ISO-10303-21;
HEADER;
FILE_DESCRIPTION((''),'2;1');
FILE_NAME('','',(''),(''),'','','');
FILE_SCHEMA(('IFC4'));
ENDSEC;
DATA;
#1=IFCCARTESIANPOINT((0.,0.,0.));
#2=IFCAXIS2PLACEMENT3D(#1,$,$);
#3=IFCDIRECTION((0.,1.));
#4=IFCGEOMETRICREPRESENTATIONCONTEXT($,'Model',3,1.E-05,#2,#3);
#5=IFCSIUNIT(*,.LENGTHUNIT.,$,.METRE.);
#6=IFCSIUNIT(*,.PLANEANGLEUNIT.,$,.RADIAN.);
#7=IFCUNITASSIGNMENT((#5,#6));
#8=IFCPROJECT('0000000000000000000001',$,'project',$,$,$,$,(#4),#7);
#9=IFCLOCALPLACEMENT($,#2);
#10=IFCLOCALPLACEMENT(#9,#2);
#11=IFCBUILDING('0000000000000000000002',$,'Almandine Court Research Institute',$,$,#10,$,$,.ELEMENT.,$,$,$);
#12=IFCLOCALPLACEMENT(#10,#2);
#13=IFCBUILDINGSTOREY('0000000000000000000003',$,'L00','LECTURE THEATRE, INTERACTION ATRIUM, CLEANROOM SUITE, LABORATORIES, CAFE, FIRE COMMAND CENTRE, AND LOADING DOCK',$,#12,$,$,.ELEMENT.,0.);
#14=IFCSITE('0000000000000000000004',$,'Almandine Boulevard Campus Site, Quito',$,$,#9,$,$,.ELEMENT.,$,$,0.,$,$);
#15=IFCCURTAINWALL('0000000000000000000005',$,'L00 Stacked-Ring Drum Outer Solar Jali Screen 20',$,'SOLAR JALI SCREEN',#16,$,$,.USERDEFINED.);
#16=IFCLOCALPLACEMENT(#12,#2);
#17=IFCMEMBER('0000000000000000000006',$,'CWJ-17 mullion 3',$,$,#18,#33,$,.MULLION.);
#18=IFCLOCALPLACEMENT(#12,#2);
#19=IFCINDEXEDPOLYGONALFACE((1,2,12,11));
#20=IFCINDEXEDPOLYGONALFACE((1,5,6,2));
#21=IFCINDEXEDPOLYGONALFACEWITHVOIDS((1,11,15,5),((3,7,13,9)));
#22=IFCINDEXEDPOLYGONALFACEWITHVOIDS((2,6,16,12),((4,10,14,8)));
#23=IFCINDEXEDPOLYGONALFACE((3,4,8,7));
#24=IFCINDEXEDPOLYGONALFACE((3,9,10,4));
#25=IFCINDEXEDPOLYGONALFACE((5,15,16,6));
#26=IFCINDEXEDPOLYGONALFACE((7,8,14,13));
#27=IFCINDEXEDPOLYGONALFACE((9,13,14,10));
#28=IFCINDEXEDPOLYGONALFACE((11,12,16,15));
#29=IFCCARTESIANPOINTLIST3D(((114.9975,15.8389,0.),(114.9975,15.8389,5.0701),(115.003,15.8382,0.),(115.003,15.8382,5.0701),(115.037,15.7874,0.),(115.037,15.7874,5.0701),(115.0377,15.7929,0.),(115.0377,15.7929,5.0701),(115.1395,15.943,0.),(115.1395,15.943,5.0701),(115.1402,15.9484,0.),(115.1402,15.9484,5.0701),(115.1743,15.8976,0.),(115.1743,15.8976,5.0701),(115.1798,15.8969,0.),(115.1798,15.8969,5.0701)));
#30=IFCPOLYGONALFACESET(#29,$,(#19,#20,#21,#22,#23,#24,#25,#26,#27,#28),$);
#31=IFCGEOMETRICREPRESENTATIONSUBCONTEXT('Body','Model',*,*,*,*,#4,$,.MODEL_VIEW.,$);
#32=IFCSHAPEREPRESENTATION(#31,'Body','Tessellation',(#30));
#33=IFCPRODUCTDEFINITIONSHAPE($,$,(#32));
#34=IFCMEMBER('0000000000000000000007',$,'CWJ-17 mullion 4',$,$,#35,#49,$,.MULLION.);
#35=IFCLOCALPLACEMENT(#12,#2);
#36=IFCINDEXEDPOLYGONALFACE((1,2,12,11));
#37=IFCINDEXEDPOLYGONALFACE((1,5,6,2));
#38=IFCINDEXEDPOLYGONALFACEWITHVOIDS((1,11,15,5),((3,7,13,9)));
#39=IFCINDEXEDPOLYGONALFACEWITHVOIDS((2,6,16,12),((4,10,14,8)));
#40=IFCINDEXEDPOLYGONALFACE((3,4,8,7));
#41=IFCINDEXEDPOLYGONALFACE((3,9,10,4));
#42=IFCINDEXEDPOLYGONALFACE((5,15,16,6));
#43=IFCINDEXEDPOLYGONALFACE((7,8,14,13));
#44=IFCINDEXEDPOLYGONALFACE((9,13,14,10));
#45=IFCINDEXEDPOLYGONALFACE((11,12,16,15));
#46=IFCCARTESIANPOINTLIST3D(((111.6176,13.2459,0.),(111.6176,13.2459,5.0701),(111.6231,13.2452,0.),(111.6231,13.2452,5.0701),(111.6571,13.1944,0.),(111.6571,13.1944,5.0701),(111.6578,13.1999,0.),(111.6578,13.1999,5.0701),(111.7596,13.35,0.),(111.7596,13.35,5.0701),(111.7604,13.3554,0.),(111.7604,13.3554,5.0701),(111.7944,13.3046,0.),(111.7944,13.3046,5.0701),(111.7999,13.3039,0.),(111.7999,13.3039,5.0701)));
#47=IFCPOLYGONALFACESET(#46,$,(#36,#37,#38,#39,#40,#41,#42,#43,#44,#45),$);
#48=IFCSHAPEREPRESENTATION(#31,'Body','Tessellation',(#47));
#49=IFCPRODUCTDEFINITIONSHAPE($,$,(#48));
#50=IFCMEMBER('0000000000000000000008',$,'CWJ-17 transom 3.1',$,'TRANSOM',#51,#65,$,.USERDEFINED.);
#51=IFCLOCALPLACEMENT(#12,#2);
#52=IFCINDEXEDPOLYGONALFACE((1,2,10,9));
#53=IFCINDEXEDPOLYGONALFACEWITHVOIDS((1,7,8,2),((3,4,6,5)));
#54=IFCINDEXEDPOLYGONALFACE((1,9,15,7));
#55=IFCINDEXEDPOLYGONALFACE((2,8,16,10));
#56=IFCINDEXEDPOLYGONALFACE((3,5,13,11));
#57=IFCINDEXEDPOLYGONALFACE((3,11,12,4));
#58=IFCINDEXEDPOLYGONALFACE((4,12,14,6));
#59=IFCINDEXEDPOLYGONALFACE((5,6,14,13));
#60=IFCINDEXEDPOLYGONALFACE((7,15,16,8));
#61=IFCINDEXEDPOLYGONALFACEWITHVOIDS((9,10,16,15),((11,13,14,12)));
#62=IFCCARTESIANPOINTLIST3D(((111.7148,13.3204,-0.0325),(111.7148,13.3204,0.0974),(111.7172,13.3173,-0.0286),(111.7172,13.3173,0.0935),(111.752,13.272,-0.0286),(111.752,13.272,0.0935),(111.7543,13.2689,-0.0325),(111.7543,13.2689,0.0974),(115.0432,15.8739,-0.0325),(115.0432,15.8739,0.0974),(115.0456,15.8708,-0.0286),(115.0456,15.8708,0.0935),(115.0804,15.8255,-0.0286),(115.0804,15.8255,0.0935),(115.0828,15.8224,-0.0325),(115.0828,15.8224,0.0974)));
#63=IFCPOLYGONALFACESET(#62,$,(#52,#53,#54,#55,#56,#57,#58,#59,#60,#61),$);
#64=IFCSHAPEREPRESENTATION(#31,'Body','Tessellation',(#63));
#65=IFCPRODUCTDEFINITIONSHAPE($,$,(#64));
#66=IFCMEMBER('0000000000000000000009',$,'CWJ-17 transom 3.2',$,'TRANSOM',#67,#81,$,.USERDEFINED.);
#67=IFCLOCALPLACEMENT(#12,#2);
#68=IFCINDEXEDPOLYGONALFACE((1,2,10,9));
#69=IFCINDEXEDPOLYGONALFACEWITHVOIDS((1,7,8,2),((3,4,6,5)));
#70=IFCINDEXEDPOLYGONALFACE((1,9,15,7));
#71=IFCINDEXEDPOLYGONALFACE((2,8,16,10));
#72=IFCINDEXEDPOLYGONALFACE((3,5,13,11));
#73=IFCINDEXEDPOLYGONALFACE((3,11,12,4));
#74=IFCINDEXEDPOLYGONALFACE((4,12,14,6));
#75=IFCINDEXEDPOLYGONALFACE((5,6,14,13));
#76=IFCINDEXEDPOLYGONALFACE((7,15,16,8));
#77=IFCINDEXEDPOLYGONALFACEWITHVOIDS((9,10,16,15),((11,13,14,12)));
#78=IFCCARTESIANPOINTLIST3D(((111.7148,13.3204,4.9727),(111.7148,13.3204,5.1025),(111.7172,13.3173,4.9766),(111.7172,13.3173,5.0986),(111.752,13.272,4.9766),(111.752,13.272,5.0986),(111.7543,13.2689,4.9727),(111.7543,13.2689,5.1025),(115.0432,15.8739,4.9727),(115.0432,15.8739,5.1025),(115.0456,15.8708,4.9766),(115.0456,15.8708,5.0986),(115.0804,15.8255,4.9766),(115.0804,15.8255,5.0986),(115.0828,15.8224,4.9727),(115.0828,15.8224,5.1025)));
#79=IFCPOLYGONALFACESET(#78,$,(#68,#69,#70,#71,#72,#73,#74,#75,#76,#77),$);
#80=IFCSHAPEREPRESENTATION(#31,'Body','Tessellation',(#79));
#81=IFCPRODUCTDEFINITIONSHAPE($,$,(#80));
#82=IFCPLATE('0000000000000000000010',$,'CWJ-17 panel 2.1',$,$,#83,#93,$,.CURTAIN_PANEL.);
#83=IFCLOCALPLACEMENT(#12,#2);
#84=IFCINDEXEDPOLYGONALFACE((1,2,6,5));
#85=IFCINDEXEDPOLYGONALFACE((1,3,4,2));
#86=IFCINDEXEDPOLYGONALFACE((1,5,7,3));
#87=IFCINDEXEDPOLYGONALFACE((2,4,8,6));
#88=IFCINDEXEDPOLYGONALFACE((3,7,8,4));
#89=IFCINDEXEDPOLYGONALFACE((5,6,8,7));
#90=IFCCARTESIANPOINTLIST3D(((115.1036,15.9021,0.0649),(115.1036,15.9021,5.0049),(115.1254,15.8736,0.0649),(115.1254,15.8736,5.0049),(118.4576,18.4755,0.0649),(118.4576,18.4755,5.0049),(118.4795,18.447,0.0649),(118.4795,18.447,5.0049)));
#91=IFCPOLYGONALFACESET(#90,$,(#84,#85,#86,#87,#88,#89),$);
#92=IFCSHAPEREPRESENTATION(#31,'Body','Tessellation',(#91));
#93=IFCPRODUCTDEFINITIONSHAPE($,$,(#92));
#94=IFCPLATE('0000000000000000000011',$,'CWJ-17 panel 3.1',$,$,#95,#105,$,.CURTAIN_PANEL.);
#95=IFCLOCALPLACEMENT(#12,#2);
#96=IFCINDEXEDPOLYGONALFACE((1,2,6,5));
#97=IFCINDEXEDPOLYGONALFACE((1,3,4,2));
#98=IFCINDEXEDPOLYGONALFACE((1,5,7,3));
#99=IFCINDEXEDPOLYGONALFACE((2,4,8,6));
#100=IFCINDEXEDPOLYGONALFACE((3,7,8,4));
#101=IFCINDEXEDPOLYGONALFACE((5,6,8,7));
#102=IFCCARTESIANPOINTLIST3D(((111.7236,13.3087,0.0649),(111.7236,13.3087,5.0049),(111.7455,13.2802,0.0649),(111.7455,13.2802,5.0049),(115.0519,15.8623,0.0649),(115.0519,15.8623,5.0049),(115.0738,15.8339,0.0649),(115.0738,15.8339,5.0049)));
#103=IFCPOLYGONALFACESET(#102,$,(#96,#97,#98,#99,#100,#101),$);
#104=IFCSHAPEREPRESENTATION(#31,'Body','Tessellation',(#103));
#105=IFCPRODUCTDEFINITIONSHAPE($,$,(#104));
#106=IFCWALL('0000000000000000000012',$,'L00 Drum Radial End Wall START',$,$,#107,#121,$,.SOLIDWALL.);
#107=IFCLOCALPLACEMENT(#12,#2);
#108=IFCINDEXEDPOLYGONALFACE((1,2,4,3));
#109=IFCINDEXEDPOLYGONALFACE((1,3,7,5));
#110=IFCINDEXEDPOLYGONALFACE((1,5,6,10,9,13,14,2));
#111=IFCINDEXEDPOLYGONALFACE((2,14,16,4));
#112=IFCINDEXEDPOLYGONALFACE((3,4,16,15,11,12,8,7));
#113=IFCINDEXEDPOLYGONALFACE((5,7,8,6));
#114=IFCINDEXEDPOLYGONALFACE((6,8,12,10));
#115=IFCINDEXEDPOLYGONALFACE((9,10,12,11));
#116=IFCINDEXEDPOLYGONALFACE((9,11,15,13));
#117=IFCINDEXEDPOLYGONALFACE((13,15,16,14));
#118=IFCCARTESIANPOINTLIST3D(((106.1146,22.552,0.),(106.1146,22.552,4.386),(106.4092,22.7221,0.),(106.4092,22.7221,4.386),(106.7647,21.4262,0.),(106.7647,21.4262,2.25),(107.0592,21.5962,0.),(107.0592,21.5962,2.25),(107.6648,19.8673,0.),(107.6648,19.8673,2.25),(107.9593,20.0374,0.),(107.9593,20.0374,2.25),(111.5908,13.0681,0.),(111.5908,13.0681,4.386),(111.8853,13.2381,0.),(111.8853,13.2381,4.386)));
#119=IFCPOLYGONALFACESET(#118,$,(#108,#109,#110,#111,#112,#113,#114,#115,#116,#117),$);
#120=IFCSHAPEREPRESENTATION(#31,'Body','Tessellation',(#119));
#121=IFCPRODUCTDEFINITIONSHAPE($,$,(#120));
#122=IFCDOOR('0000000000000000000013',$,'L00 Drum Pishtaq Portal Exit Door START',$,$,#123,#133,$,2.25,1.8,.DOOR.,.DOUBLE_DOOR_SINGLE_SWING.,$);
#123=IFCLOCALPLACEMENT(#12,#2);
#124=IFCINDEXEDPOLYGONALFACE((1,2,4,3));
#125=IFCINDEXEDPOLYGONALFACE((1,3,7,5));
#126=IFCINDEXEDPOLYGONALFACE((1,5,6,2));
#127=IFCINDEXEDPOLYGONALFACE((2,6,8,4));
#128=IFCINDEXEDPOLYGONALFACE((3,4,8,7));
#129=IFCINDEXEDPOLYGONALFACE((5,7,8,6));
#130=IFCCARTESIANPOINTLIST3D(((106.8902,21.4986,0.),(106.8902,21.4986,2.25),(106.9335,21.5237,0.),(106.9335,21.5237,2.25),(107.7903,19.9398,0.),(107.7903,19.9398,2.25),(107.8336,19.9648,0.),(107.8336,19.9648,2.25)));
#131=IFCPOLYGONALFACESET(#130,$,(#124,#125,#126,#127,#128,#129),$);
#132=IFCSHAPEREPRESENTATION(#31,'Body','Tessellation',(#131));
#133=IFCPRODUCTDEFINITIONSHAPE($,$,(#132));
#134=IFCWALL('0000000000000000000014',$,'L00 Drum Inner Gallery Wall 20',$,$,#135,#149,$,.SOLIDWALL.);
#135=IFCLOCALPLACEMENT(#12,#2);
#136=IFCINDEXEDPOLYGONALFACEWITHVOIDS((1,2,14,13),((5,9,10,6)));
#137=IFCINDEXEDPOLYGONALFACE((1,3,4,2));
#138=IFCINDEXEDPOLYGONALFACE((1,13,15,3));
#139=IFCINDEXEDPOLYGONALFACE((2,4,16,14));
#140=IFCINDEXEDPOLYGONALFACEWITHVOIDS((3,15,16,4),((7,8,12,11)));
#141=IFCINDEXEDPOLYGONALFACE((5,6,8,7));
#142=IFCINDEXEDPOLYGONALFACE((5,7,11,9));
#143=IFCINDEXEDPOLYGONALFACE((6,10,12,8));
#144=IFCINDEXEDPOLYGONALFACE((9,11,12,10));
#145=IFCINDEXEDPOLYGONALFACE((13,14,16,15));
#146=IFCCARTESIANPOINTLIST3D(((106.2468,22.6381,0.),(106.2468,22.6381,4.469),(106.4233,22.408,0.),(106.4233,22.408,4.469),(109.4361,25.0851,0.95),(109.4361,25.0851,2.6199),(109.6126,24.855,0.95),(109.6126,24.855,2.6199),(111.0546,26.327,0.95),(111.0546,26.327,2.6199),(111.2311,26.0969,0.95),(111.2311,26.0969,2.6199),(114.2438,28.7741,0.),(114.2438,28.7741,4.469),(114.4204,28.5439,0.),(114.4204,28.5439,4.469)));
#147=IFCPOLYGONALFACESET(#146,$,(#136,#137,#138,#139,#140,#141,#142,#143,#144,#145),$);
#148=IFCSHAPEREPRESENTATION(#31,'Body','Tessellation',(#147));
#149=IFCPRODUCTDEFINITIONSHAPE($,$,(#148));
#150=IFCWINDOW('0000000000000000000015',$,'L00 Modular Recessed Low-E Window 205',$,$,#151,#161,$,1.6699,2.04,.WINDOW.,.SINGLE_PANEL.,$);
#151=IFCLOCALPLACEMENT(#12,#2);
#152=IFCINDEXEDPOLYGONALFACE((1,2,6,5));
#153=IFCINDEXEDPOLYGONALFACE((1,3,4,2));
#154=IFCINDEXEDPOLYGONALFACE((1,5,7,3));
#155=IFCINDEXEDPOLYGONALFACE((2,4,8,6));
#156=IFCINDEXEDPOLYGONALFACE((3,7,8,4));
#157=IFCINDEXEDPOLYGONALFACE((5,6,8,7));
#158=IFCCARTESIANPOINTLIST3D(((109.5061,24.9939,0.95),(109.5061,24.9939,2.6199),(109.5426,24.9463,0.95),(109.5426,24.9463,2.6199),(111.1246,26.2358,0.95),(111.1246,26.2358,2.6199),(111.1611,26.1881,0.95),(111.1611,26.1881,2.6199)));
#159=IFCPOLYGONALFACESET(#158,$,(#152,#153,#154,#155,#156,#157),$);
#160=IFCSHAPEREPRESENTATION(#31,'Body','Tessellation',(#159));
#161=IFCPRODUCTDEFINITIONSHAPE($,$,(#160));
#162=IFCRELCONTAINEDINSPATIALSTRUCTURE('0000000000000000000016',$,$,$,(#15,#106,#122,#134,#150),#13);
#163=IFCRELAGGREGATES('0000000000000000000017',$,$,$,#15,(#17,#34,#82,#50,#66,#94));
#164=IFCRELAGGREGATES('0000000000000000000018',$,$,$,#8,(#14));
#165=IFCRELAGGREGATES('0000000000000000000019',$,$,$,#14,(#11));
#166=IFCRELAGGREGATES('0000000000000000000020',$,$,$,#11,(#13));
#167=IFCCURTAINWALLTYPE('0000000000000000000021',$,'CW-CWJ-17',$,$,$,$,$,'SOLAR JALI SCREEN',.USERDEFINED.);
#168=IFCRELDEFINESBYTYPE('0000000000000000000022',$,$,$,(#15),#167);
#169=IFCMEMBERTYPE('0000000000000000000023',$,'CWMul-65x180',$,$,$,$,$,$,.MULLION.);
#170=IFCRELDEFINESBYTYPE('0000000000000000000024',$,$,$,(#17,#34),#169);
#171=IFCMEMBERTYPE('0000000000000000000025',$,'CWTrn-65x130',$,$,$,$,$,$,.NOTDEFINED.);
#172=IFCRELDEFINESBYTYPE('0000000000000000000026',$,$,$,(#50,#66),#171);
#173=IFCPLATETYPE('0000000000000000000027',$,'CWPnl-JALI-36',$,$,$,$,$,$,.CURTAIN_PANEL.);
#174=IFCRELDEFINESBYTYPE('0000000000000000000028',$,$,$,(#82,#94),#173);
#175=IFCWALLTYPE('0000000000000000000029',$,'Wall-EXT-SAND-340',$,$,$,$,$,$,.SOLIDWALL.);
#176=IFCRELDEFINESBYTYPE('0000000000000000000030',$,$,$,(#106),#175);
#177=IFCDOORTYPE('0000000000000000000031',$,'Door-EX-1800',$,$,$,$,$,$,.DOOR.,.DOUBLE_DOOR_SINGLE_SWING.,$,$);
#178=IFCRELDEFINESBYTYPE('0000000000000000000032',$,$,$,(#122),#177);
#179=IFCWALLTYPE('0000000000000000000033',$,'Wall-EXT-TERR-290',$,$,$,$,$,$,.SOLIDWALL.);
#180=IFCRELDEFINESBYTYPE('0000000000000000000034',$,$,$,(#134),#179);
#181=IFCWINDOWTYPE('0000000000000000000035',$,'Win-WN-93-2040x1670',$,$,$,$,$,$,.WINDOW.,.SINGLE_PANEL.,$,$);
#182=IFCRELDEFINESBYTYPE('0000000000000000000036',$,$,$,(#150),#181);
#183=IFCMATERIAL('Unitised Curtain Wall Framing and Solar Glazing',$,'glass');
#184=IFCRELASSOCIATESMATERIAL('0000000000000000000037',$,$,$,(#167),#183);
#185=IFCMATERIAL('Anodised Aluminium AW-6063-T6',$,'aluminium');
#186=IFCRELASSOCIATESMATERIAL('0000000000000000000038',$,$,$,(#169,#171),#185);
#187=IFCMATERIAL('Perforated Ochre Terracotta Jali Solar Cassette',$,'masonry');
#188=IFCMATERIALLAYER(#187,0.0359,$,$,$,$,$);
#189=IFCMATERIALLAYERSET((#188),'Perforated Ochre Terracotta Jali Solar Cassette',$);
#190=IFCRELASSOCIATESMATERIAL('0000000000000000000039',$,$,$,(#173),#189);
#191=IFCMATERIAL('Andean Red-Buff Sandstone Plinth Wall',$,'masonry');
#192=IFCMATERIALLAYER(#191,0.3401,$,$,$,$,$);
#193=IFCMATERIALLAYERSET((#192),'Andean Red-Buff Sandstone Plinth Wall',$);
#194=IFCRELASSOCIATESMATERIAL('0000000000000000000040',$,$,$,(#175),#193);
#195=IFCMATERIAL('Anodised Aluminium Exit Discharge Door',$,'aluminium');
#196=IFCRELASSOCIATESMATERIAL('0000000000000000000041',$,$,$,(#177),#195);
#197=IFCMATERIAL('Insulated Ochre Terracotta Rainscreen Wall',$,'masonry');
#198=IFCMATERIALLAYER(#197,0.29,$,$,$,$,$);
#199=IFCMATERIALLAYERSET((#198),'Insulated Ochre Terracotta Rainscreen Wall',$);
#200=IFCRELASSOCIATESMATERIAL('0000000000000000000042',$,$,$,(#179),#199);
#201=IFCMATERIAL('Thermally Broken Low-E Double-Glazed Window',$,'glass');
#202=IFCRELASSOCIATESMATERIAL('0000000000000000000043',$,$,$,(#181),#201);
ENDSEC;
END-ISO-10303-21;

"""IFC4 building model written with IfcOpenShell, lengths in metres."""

from ifc_helpers import new_model, si_unit, direction, frame, frame_2d, origin, origin_2d, place, context, subcontext, project, spatial, rectangle, hollow_rectangle, extrude, material, layer, layer_set, material_profile, profile_set, type_object, element, fill, aggregate, save


model = new_model("IFC4")

# Units and contexts
model_context = context("Model", 3, precision=1e-05, world=origin(), true_north=direction((0.0, 1.0)))
body_context = subcontext(model_context, "Body", "Model", "MODEL_VIEW")
ifc_project = project(units=[si_unit("LENGTHUNIT", "METRE"), si_unit("PLANEANGLEUNIT", "RADIAN")], contexts=[model_context])

# Site, building, storey
site_placement = place(None, origin())
site = spatial("IfcSite", under=ifc_project, at=site_placement, Name="Almandine Boulevard Campus Site, Quito", CompositionType="ELEMENT", RefElevation=0.0)
building_placement = place(site_placement, origin())
building = spatial("IfcBuilding", under=site, at=building_placement, Name="Almandine Court Research Institute", CompositionType="ELEMENT")
storey_placement = place(building_placement, origin())
storey = spatial("IfcBuildingStorey", under=building, at=storey_placement, Name="L00", Description="LECTURE THEATRE, INTERACTION ATRIUM, CLEANROOM SUITE, LABORATORIES, CAFE, FIRE COMMAND CENTRE, AND LOADING DOCK", CompositionType="ELEMENT", Elevation=0.0)

# Curtain wall, members, plates
ifc_material_1 = material(Name="Unitised Curtain Wall Framing and Solar Glazing", Category="glass")
curtain_wall_type = type_object("IfcCurtainWallType", Name="CW-CWJ-17", ElementType="SOLAR JALI SCREEN", PredefinedType="USERDEFINED", material=ifc_material_1)
curtain_wall_placement = place(storey_placement, origin())
curtain_wall = element("IfcCurtainWall", 1, at=curtain_wall_placement, inside=storey, type_object=curtain_wall_type, Name="L00 Stacked-Ring Drum Outer Solar Jali Screen 20", ObjectType="SOLAR JALI SCREEN", PredefinedType="USERDEFINED")
ifc_material_2 = material(Name="Anodised Aluminium AW-6063-T6", Category="aluminium")
ifc_material_profile_1 = material_profile(ifc_material_2, hollow_rectangle(XDim=0.0649, YDim=0.1799, WallThickness=0.0039, at=origin_2d()), Name="ALU RHS 65x180x4")
ifc_profile_set_1 = profile_set([ifc_material_profile_1], Name="Anodised Aluminium AW-6063-T6")
member_type_1 = type_object("IfcMemberType", Name="CWMul-65x180", PredefinedType="MULLION", material=ifc_profile_set_1)
member_1_placement = place(storey_placement, frame((115.0886, 15.8679, 0.0), z_axis=(0.0, 0.0, 1.0), x_axis=(0.608723, -0.793383, 0.0)))
member_1 = element("IfcMember", 2, at=member_1_placement, type_object=member_type_1, Name="CWJ-17 mullion 3", PredefinedType="MULLION", context=body_context, shape_type="SweptSolid", body=[
    extrude(hollow_rectangle(XDim=0.0649, YDim=0.1799, WallThickness=0.0039, at=origin_2d()), origin(), (0.0, 0.0, 1.0), 5.0701),
])
member_2_placement = place(storey_placement, frame((111.7087, 13.2749, 0.0), z_axis=(0.0, 0.0, 1.0), x_axis=(0.608723, -0.793383, 0.0)))
member_2 = element("IfcMember", 3, at=member_2_placement, type_object=member_type_1, Name="CWJ-17 mullion 4", PredefinedType="MULLION", context=body_context, shape_type="SweptSolid", body=[
    extrude(hollow_rectangle(XDim=0.0649, YDim=0.1799, WallThickness=0.0039, at=origin_2d()), origin(), (0.0, 0.0, 1.0), 5.0701),
])
ifc_material_profile_2 = material_profile(ifc_material_2, hollow_rectangle(XDim=0.0649, YDim=0.1299, WallThickness=0.0039, at=origin_2d()), Name="ALU RHS 65x130x4")
ifc_profile_set_2 = profile_set([ifc_material_profile_2], Name="Anodised Aluminium AW-6063-T6")
member_type_2 = type_object("IfcMemberType", Name="CWTrn-65x130", PredefinedType="NOTDEFINED", material=ifc_profile_set_2)
member_3_placement = place(storey_placement, frame((115.063, 15.8481, 0.0325), z_axis=(-0.793409, -0.608689, 0.0), x_axis=(0.608689, -0.793409, 0.0)))
member_3 = element("IfcMember", 4, at=member_3_placement, type_object=member_type_2, Name="CWJ-17 transom 3.1", ObjectType="TRANSOM", PredefinedType="USERDEFINED", context=body_context, shape_type="SweptSolid", body=[
    extrude(hollow_rectangle(XDim=0.0649, YDim=0.1299, WallThickness=0.0039, at=origin_2d()), origin(), (0.0, 0.0, 1.0), 4.1951),
])
member_4_placement = place(storey_placement, frame((115.063, 15.8481, 5.0376), z_axis=(-0.793409, -0.608689, 0.0), x_axis=(0.608689, -0.793409, 0.0)))
member_4 = element("IfcMember", 5, at=member_4_placement, type_object=member_type_2, Name="CWJ-17 transom 3.2", ObjectType="TRANSOM", PredefinedType="USERDEFINED", context=body_context, shape_type="SweptSolid", body=[
    extrude(hollow_rectangle(XDim=0.0649, YDim=0.1299, WallThickness=0.0039, at=origin_2d()), origin(), (0.0, 0.0, 1.0), 4.1951),
])
ifc_material_3 = material(Name="Perforated Ochre Terracotta Jali Solar Cassette", Category="masonry")
ifc_layer_1 = layer(ifc_material_3, 0.0359)
ifc_layer_set_1 = layer_set([ifc_layer_1], Name="Perforated Ochre Terracotta Jali Solar Cassette")
plate_type = type_object("IfcPlateType", Name="CWPnl-JALI-36", PredefinedType="CURTAIN_PANEL", material=ifc_layer_set_1)
plate_1_placement = place(storey_placement, frame((116.7915, 17.1746, 0.0649), z_axis=(0.0, 0.0, 1.0), x_axis=(-0.793383, -0.608723, 0.0)))
plate_1 = element("IfcPlate", 6, at=plate_1_placement, type_object=plate_type, Name="CWJ-17 panel 2.1", PredefinedType="CURTAIN_PANEL", context=body_context, shape_type="SweptSolid", body=[
    extrude(rectangle(XDim=4.2275, YDim=0.0359, at=origin_2d()), origin(), (0.0, 0.0, 1.0), 4.9399),
])
plate_2_placement = place(storey_placement, frame((113.3987, 14.5713, 0.0649), z_axis=(0.0, 0.0, 1.0), x_axis=(-0.793383, -0.608723, 0.0)))
plate_2 = element("IfcPlate", 7, at=plate_2_placement, type_object=plate_type, Name="CWJ-17 panel 3.1", PredefinedType="CURTAIN_PANEL", context=body_context, shape_type="SweptSolid", body=[
    extrude(rectangle(XDim=4.1951, YDim=0.0359, at=origin_2d()), origin(), (0.0, 0.0, 1.0), 4.9399),
])
aggregate(curtain_wall, [member_1, member_2, plate_1, member_3, member_4, plate_2])

# Wall, opening, door
ifc_material_4 = material(Name="Andean Red-Buff Sandstone Plinth Wall", Category="masonry")
ifc_layer_2 = layer(ifc_material_4, 0.3401)
ifc_layer_set_2 = layer_set([ifc_layer_2], Name="Andean Red-Buff Sandstone Plinth Wall")
wall_type_1 = type_object("IfcWallType", Name="Wall-EXT-SAND-340", PredefinedType="SOLIDWALL", material=ifc_layer_set_2)
wall_1_placement = place(storey_placement, frame((106.262, 22.637, 0.0), z_axis=(0.0, 0.0, 1.0), x_axis=(0.500038, -0.866004, 0.0)))
wall_1 = element("IfcWall", 8, at=wall_1_placement, inside=storey, type_object=wall_type_1, Name="L00 Drum Radial End Wall START", PredefinedType="SOLIDWALL", context=body_context, shape_type="SweptSolid", body=[
    extrude(rectangle(XDim=10.9514, YDim=0.3401, at=frame_2d((5.4756, 0.0))), origin(), (0.0, 0.0, 1.0), 4.386),
])
opening_1_placement = place(wall_1_placement, frame((1.3, 0.0, 0.0)))
opening_1 = element("IfcOpeningElement", 9, at=opening_1_placement, cuts=wall_1, PredefinedType="OPENING", context=body_context, shape_type="SweptSolid", body=[
    extrude(rectangle(XDim=1.8, YDim=2.25, at=frame_2d((0.8999, 1.125))), frame((0.0, 0.1799, 0.0), z_axis=(0.0, -1.0, 0.0), x_axis=(1.0, 0.0, 0.0)), (0.0, 0.0, 1.0), 0.3601),
])
ifc_material_5 = material(Name="Anodised Aluminium Exit Discharge Door", Category="aluminium")
door_type_1 = type_object("IfcDoorType", Name="Door-EX-1800", OperationType="DOUBLE_DOOR_SINGLE_SWING", PredefinedType="DOOR", material=ifc_material_5)
door_1_placement = place(opening_1_placement, origin())
door_1 = element("IfcDoor", 10, at=door_1_placement, inside=storey, type_object=door_type_1, Name="L00 Drum Pishtaq Portal Exit Door START", OperationType="DOUBLE_DOOR_SINGLE_SWING", OverallHeight=2.25, OverallWidth=1.8, PredefinedType="DOOR", context=body_context, shape_type="SweptSolid", body=[
    extrude(rectangle(XDim=1.8, YDim=2.25, at=frame_2d((0.8999, 1.125))), frame((0.0, 0.0249, 0.0), z_axis=(0.0, -1.0, 0.0), x_axis=(1.0, 0.0, 0.0)), (0.0, 0.0, 1.0), 0.05),
])
fill(opening_1, door_1)

# Wall, opening, window
ifc_material_6 = material(Name="Insulated Ochre Terracotta Rainscreen Wall", Category="masonry")
ifc_layer_3 = layer(ifc_material_6, 0.29)
ifc_layer_set_3 = layer_set([ifc_layer_3], Name="Insulated Ochre Terracotta Rainscreen Wall")
wall_type_2 = type_object("IfcWallType", Name="Wall-EXT-TERR-290", PredefinedType="SOLIDWALL", material=ifc_layer_set_3)
wall_2_placement = place(storey_placement, frame((106.335, 22.5229, 0.0), z_axis=(0.0, 0.0, 1.0), x_axis=(0.793372, 0.608738, 0.0)))
wall_2 = element("IfcWall", 11, at=wall_2_placement, inside=storey, type_object=wall_type_2, Name="L00 Drum Inner Gallery Wall 20", PredefinedType="SOLIDWALL", context=body_context, shape_type="SweptSolid", body=[
    extrude(rectangle(XDim=10.0798, YDim=0.29, at=frame_2d((5.04, 0.0))), origin(), (0.0, 0.0, 1.0), 4.469),
])
opening_2_placement = place(wall_2_placement, frame((4.02, 0.0, 0.95)))
opening_2 = element("IfcOpeningElement", 12, at=opening_2_placement, cuts=wall_2, PredefinedType="OPENING", context=body_context, shape_type="SweptSolid", body=[
    extrude(rectangle(XDim=2.04, YDim=1.6699, at=frame_2d((1.02, 0.835))), frame((0.0, 0.155, 0.0), z_axis=(0.0, -1.0, 0.0), x_axis=(1.0, 0.0, 0.0)), (0.0, 0.0, 1.0), 0.3101),
])
ifc_material_7 = material(Name="Thermally Broken Low-E Double-Glazed Window", Category="glass")
window_type = type_object("IfcWindowType", Name="Win-WN-93-2040x1670", PartitioningType="SINGLE_PANEL", PredefinedType="WINDOW", material=ifc_material_7)
window_placement = place(opening_2_placement, origin())
window = element("IfcWindow", 13, at=window_placement, inside=storey, type_object=window_type, Name="L00 Modular Recessed Low-E Window 205", OverallHeight=1.6699, OverallWidth=2.04, PartitioningType="SINGLE_PANEL", PredefinedType="WINDOW", context=body_context, shape_type="SweptSolid", body=[
    extrude(rectangle(XDim=2.04, YDim=1.6699, at=frame_2d((1.02, 0.835))), frame((0.0, 0.03, 0.0), z_axis=(0.0, -1.0, 0.0), x_axis=(1.0, 0.0, 0.0)), (0.0, 0.0, 1.0), 0.0601),
])
fill(opening_2, window)

save(model, "model.ifc")
